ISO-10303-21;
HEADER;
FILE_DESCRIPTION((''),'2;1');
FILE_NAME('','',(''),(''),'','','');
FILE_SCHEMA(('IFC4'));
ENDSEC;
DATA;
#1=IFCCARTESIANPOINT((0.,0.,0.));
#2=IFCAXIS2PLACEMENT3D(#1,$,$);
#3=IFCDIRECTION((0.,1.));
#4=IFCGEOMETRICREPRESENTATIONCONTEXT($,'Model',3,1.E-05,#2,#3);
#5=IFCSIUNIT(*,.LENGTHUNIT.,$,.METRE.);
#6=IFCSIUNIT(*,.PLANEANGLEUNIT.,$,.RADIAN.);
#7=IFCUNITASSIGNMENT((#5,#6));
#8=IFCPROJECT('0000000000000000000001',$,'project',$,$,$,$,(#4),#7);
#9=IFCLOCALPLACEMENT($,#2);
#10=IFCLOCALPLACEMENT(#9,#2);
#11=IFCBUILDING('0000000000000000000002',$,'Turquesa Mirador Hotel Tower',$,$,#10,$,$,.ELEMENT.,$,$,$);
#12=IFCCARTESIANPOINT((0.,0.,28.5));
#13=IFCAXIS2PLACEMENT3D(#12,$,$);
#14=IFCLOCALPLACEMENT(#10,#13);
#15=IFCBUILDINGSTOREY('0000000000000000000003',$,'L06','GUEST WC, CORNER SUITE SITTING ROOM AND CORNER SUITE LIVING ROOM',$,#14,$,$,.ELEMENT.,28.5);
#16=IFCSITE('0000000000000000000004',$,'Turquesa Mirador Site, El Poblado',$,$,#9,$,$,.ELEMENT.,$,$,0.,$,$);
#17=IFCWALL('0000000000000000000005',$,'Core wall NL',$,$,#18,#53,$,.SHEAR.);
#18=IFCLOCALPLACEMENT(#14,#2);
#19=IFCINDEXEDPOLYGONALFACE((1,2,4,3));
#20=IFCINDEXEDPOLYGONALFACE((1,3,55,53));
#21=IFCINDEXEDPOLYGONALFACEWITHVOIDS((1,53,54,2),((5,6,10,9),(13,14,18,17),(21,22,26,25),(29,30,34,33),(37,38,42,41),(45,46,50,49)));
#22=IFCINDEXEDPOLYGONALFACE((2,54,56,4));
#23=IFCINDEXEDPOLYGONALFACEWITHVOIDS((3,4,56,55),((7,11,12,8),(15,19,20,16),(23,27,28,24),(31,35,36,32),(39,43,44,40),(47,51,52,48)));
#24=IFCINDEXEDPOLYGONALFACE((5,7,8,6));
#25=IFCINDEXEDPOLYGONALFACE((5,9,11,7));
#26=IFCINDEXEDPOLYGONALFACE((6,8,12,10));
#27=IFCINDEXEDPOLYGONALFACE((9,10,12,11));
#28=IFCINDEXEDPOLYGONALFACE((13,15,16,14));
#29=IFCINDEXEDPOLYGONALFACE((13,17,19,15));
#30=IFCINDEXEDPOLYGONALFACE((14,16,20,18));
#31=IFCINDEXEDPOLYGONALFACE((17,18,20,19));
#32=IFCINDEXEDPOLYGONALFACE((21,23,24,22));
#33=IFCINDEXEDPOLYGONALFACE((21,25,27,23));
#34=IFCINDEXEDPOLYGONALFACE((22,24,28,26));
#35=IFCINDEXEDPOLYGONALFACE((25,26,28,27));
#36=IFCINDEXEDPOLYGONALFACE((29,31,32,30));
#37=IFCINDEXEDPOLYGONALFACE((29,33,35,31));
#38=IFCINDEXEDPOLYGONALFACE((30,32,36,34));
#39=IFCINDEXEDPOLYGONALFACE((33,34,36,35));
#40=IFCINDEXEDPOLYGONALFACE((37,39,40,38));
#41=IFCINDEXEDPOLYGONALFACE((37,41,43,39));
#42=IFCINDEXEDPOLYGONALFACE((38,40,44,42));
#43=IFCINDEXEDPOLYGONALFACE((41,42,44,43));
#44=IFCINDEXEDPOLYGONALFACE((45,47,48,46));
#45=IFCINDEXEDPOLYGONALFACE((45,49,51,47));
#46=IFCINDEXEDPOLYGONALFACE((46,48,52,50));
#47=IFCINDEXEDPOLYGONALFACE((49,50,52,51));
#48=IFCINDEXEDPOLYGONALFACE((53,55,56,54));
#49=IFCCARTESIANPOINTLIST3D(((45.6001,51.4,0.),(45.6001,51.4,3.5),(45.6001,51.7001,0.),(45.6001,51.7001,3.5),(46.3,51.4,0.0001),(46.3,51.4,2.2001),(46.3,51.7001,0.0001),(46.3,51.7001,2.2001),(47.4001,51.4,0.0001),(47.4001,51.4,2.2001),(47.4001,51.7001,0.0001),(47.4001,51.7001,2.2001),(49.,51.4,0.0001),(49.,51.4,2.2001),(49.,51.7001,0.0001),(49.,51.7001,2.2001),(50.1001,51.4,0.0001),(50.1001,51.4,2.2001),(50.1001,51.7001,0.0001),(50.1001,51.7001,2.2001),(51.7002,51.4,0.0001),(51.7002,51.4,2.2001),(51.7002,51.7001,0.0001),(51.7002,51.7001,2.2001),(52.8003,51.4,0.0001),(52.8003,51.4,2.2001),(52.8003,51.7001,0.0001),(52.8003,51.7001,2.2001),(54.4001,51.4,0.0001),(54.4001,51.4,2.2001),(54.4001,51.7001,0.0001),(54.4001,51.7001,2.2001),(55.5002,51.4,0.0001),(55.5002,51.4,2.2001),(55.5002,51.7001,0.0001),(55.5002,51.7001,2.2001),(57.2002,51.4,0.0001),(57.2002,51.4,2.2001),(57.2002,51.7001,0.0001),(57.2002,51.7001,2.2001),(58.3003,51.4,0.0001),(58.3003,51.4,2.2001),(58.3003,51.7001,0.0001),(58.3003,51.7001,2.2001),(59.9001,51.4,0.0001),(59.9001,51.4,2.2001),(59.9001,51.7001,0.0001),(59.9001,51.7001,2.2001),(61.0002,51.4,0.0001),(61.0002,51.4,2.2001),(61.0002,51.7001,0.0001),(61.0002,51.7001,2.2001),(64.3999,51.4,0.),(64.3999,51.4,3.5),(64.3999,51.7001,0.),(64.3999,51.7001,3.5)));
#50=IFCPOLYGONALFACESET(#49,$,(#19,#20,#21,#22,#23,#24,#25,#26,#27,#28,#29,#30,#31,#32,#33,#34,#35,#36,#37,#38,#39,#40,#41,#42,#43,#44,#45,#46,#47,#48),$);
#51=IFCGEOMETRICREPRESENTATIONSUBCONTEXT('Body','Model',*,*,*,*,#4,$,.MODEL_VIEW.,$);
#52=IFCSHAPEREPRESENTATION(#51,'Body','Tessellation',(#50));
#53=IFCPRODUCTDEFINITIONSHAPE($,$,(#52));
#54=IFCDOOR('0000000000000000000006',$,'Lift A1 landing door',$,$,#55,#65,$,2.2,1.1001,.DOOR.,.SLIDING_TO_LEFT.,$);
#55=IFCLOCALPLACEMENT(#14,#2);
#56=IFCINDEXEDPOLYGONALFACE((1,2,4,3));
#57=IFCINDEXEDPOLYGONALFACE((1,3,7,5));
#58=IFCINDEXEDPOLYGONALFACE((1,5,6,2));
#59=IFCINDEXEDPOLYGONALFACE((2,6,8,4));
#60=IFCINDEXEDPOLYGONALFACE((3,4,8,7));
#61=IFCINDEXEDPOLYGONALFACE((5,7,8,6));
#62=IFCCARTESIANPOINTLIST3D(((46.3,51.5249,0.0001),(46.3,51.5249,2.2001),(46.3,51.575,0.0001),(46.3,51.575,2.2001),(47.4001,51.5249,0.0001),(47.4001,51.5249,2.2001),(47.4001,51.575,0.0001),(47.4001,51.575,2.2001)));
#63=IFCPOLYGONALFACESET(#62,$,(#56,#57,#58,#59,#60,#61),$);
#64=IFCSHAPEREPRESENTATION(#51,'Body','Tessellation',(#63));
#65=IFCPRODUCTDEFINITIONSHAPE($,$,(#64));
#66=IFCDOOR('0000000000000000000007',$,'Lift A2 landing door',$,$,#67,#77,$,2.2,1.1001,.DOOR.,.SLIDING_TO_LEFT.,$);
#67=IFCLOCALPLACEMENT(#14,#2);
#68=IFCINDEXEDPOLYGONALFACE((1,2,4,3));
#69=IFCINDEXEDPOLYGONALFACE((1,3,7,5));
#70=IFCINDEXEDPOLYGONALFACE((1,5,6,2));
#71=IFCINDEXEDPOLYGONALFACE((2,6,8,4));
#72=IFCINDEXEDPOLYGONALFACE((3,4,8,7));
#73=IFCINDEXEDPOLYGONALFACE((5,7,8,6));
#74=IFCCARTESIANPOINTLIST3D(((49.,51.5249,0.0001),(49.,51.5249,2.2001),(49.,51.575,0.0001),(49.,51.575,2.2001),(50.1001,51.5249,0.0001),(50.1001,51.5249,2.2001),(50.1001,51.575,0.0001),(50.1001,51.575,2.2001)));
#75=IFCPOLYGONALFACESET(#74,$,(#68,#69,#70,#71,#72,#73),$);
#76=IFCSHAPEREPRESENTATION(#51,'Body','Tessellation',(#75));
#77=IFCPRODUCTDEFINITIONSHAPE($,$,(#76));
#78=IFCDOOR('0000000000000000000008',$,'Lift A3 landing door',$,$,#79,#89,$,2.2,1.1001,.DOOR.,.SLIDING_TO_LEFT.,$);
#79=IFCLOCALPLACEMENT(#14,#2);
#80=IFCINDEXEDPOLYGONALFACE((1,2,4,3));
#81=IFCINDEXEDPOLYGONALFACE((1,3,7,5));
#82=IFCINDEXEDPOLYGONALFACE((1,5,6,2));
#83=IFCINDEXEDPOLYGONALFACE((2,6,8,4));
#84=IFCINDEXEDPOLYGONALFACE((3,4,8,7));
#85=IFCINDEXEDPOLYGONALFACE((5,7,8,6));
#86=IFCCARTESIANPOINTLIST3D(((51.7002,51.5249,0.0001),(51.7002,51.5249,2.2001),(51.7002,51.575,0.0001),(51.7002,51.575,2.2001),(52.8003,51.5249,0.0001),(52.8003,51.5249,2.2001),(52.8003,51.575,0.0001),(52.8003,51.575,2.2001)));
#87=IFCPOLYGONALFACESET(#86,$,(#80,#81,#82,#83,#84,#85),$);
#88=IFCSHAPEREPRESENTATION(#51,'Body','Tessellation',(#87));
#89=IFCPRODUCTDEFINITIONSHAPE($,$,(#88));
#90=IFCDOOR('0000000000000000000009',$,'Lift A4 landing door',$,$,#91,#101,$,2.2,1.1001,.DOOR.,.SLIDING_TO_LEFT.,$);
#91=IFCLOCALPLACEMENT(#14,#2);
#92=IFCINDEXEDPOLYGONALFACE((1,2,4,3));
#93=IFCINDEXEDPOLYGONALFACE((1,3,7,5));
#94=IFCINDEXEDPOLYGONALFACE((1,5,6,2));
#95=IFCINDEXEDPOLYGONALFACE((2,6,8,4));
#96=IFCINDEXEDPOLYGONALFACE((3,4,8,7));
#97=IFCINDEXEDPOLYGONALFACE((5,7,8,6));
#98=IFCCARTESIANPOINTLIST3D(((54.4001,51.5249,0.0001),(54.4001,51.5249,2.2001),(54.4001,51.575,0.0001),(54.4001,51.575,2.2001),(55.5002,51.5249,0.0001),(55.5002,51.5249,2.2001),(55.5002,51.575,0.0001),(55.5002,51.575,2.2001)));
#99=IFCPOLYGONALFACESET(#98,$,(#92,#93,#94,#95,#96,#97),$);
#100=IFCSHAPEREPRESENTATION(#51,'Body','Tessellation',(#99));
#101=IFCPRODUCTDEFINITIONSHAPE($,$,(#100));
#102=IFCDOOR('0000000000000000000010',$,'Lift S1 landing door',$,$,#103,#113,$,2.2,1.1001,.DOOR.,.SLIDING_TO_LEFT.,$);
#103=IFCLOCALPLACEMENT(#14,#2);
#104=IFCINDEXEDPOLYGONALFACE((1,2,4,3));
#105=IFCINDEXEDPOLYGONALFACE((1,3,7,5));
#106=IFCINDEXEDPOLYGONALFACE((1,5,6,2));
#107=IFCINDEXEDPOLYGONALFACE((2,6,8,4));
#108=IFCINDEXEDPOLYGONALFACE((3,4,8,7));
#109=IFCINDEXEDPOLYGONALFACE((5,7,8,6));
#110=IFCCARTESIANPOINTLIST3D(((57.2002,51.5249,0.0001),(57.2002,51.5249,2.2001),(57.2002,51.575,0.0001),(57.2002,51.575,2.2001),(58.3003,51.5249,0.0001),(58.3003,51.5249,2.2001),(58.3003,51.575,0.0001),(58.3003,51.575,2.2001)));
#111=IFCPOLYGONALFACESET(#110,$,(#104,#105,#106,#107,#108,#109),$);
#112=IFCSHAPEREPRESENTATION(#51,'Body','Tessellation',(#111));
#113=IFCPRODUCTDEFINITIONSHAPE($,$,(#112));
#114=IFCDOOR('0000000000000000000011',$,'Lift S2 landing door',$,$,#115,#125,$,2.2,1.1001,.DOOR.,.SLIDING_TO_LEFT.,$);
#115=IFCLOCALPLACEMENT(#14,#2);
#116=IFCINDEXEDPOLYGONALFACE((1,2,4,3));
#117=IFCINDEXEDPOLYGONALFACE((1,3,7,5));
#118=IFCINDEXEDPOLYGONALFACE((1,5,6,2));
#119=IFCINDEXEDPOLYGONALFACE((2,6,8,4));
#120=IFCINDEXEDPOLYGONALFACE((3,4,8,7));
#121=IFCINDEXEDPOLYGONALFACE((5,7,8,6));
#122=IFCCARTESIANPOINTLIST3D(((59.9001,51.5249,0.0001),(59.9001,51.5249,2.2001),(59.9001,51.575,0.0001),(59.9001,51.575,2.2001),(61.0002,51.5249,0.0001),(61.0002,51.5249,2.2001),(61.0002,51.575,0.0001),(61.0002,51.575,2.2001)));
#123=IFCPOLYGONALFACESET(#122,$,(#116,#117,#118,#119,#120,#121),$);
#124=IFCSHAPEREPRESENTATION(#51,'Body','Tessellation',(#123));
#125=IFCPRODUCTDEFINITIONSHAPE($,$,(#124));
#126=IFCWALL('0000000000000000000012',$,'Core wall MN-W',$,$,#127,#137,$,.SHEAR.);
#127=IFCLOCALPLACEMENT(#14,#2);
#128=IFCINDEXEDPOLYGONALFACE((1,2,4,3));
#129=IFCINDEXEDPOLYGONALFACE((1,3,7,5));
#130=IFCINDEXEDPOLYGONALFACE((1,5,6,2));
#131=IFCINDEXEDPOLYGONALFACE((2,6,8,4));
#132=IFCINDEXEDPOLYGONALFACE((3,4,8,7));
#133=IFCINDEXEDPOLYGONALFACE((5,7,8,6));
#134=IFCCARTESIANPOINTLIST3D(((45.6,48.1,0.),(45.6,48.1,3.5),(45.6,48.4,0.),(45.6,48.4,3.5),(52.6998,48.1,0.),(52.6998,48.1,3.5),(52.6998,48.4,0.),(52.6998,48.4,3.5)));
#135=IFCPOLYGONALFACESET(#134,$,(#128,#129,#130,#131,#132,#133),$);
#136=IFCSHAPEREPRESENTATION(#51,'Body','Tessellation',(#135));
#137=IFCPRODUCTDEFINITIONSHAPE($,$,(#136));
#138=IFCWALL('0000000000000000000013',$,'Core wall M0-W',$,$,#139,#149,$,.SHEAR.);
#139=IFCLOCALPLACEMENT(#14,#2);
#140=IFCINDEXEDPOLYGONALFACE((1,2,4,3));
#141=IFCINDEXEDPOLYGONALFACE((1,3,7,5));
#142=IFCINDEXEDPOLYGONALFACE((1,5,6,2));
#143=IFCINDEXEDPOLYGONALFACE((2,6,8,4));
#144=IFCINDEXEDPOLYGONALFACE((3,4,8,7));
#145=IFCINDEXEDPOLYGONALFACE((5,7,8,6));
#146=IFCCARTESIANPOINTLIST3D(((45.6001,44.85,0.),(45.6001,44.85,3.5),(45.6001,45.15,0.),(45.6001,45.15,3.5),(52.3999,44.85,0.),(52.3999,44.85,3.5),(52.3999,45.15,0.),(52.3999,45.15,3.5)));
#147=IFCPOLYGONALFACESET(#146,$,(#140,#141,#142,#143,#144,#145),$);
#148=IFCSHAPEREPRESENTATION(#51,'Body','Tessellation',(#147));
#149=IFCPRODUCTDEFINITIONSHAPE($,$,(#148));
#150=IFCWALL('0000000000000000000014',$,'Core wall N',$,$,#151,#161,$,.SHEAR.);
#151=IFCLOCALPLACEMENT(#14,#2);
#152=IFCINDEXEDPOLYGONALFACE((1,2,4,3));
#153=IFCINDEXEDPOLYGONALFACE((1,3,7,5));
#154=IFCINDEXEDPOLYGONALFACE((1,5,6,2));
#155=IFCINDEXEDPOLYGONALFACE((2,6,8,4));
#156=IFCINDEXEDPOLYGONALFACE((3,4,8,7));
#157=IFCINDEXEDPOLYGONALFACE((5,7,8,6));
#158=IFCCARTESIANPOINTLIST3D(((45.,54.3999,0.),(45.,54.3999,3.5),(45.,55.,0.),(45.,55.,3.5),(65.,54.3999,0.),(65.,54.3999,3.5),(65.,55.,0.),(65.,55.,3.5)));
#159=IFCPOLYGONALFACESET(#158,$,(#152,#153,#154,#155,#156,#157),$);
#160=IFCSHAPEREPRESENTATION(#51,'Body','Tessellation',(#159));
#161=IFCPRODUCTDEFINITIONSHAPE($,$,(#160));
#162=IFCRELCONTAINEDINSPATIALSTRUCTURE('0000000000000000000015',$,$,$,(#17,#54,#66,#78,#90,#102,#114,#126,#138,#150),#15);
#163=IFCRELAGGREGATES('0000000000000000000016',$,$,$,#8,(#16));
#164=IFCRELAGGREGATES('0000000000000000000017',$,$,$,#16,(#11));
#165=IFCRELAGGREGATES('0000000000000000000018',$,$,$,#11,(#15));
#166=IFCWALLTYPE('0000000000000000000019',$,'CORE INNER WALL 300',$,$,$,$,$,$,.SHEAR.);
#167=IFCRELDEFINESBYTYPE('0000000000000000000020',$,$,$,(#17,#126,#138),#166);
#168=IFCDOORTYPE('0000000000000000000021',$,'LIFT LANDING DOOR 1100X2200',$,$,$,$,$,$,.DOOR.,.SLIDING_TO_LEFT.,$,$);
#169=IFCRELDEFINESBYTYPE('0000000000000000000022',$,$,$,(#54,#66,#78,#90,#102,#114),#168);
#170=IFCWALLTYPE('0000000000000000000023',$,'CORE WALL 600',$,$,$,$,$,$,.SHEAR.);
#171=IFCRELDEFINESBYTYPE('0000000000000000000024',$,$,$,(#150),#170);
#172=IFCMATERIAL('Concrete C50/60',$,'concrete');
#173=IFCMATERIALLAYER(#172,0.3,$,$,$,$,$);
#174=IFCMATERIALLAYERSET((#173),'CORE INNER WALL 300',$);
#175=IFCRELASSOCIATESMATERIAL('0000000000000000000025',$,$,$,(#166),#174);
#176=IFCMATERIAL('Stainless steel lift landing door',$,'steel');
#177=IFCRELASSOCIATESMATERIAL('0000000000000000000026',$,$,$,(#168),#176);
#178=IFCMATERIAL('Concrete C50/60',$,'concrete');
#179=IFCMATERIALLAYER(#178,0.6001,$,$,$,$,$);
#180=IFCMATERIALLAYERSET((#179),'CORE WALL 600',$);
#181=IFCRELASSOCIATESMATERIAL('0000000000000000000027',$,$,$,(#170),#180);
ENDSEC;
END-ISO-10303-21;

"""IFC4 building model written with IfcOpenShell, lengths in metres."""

from ifc_helpers import new_model, si_unit, direction, frame, frame_2d, origin, place, context, subcontext, project, spatial, rectangle, extrude, material, layer, layer_set, type_object, element, fill, save


model = new_model("IFC4")

# Units and contexts
model_context = context("Model", 3, precision=1e-05, world=origin(), true_north=direction((0.0, 1.0)))
body_context = subcontext(model_context, "Body", "Model", "MODEL_VIEW")
ifc_project = project(units=[si_unit("LENGTHUNIT", "METRE"), si_unit("PLANEANGLEUNIT", "RADIAN")], contexts=[model_context])

# Site, building, storey
site_placement = place(None, origin())
site = spatial("IfcSite", under=ifc_project, at=site_placement, Name="Turquesa Mirador Site, El Poblado", CompositionType="ELEMENT", RefElevation=0.0)
building_placement = place(site_placement, origin())
building = spatial("IfcBuilding", under=site, at=building_placement, Name="Turquesa Mirador Hotel Tower", CompositionType="ELEMENT")
storey_placement = place(building_placement, frame((0.0, 0.0, 28.5)))
storey = spatial("IfcBuildingStorey", under=building, at=storey_placement, Name="L06", Description="GUEST WC, CORNER SUITE SITTING ROOM AND CORNER SUITE LIVING ROOM", CompositionType="ELEMENT", Elevation=28.5)

# Wall, openings, doors
ifc_material_1 = material(Name="Concrete C50/60", Category="concrete")
ifc_layer_1 = layer(ifc_material_1, 0.3)
ifc_layer_set_1 = layer_set([ifc_layer_1], Name="CORE INNER WALL 300")
wall_type_1 = type_object("IfcWallType", Name="CORE INNER WALL 300", PredefinedType="SHEAR", material=ifc_layer_set_1)
wall_1_placement = place(storey_placement, frame((45.6001, 51.55, 0.0), z_axis=(0.0, 0.0, 1.0), x_axis=(1.0, 0.0, 0.0)))
wall_1 = element("IfcWall", 1, at=wall_1_placement, inside=storey, type_object=wall_type_1, Name="Core wall NL", PredefinedType="SHEAR", context=body_context, shape_type="SweptSolid", body=[
    extrude(rectangle(XDim=18.7998, YDim=0.3, at=frame_2d((9.3999, 0.0))), origin(), (0.0, 0.0, 1.0), 3.5),
])
opening_1_placement = place(wall_1_placement, frame((0.7, 0.0, 0.0)))
opening_1 = element("IfcOpeningElement", 2, at=opening_1_placement, cuts=wall_1, PredefinedType="OPENING", context=body_context, shape_type="SweptSolid", body=[
    extrude(rectangle(XDim=1.1001, YDim=2.2, at=frame_2d((0.55, 1.1001))), frame((0.0, 0.1599, 0.0), z_axis=(0.0, -1.0, 0.0), x_axis=(1.0, 0.0, 0.0)), (0.0, 0.0, 1.0), 0.3201),
])
opening_2_placement = place(wall_1_placement, frame((3.3999, 0.0, 0.0)))
opening_2 = element("IfcOpeningElement", 3, at=opening_2_placement, cuts=wall_1, PredefinedType="OPENING", context=body_context, shape_type="SweptSolid", body=[
    extrude(rectangle(XDim=1.1001, YDim=2.2, at=frame_2d((0.55, 1.1001))), frame((0.0, 0.1599, 0.0), z_axis=(0.0, -1.0, 0.0), x_axis=(1.0, 0.0, 0.0)), (0.0, 0.0, 1.0), 0.3201),
])
opening_3_placement = place(wall_1_placement, frame((6.1001, 0.0, 0.0)))
opening_3 = element("IfcOpeningElement", 4, at=opening_3_placement, cuts=wall_1, PredefinedType="OPENING", context=body_context, shape_type="SweptSolid", body=[
    extrude(rectangle(XDim=1.1001, YDim=2.2, at=frame_2d((0.55, 1.1001))), frame((0.0, 0.1599, 0.0), z_axis=(0.0, -1.0, 0.0), x_axis=(1.0, 0.0, 0.0)), (0.0, 0.0, 1.0), 0.3201),
])
opening_4_placement = place(wall_1_placement, frame((8.8, 0.0, 0.0)))
opening_4 = element("IfcOpeningElement", 5, at=opening_4_placement, cuts=wall_1, PredefinedType="OPENING", context=body_context, shape_type="SweptSolid", body=[
    extrude(rectangle(XDim=1.1001, YDim=2.2, at=frame_2d((0.55, 1.1001))), frame((0.0, 0.1599, 0.0), z_axis=(0.0, -1.0, 0.0), x_axis=(1.0, 0.0, 0.0)), (0.0, 0.0, 1.0), 0.3201),
])
opening_5_placement = place(wall_1_placement, frame((11.6001, 0.0, 0.0)))
opening_5 = element("IfcOpeningElement", 6, at=opening_5_placement, cuts=wall_1, PredefinedType="OPENING", context=body_context, shape_type="SweptSolid", body=[
    extrude(rectangle(XDim=1.1001, YDim=2.2, at=frame_2d((0.55, 1.1001))), frame((0.0, 0.1599, 0.0), z_axis=(0.0, -1.0, 0.0), x_axis=(1.0, 0.0, 0.0)), (0.0, 0.0, 1.0), 0.3201),
])
opening_6_placement = place(wall_1_placement, frame((14.3, 0.0, 0.0)))
opening_6 = element("IfcOpeningElement", 7, at=opening_6_placement, cuts=wall_1, PredefinedType="OPENING", context=body_context, shape_type="SweptSolid", body=[
    extrude(rectangle(XDim=1.1001, YDim=2.2, at=frame_2d((0.55, 1.1001))), frame((0.0, 0.1599, 0.0), z_axis=(0.0, -1.0, 0.0), x_axis=(1.0, 0.0, 0.0)), (0.0, 0.0, 1.0), 0.3201),
])
ifc_material_2 = material(Name="Stainless steel lift landing door", Category="steel")
door_type_1 = type_object("IfcDoorType", Name="LIFT LANDING DOOR 1100X2200", OperationType="SLIDING_TO_LEFT", PredefinedType="DOOR", material=ifc_material_2)
door_1_placement = place(opening_1_placement, origin())
door_1 = element("IfcDoor", 8, at=door_1_placement, inside=storey, type_object=door_type_1, Name="Lift A1 landing door", OperationType="SLIDING_TO_LEFT", OverallHeight=2.2, OverallWidth=1.1001, PredefinedType="DOOR", context=body_context, shape_type="SweptSolid", body=[
    extrude(rectangle(XDim=1.1001, YDim=2.2, at=frame_2d((0.55, 1.1001))), frame((0.0, 0.0249, 0.0), z_axis=(0.0, -1.0, 0.0), x_axis=(1.0, 0.0, 0.0)), (0.0, 0.0, 1.0), 0.05),
])
fill(opening_1, door_1)
door_2_placement = place(opening_2_placement, origin())
door_2 = element("IfcDoor", 9, at=door_2_placement, inside=storey, type_object=door_type_1, Name="Lift A2 landing door", OperationType="SLIDING_TO_LEFT", OverallHeight=2.2, OverallWidth=1.1001, PredefinedType="DOOR", context=body_context, shape_type="SweptSolid", body=[
    extrude(rectangle(XDim=1.1001, YDim=2.2, at=frame_2d((0.55, 1.1001))), frame((0.0, 0.0249, 0.0), z_axis=(0.0, -1.0, 0.0), x_axis=(1.0, 0.0, 0.0)), (0.0, 0.0, 1.0), 0.05),
])
fill(opening_2, door_2)
door_3_placement = place(opening_3_placement, origin())
door_3 = element("IfcDoor", 10, at=door_3_placement, inside=storey, type_object=door_type_1, Name="Lift A3 landing door", OperationType="SLIDING_TO_LEFT", OverallHeight=2.2, OverallWidth=1.1001, PredefinedType="DOOR", context=body_context, shape_type="SweptSolid", body=[
    extrude(rectangle(XDim=1.1001, YDim=2.2, at=frame_2d((0.55, 1.1001))), frame((0.0, 0.0249, 0.0), z_axis=(0.0, -1.0, 0.0), x_axis=(1.0, 0.0, 0.0)), (0.0, 0.0, 1.0), 0.05),
])
fill(opening_3, door_3)
door_4_placement = place(opening_4_placement, origin())
door_4 = element("IfcDoor", 11, at=door_4_placement, inside=storey, type_object=door_type_1, Name="Lift A4 landing door", OperationType="SLIDING_TO_LEFT", OverallHeight=2.2, OverallWidth=1.1001, PredefinedType="DOOR", context=body_context, shape_type="SweptSolid", body=[
    extrude(rectangle(XDim=1.1001, YDim=2.2, at=frame_2d((0.55, 1.1001))), frame((0.0, 0.0249, 0.0), z_axis=(0.0, -1.0, 0.0), x_axis=(1.0, 0.0, 0.0)), (0.0, 0.0, 1.0), 0.05),
])
fill(opening_4, door_4)
door_5_placement = place(opening_5_placement, origin())
door_5 = element("IfcDoor", 12, at=door_5_placement, inside=storey, type_object=door_type_1, Name="Lift S1 landing door", OperationType="SLIDING_TO_LEFT", OverallHeight=2.2, OverallWidth=1.1001, PredefinedType="DOOR", context=body_context, shape_type="SweptSolid", body=[
    extrude(rectangle(XDim=1.1001, YDim=2.2, at=frame_2d((0.55, 1.1001))), frame((0.0, 0.0249, 0.0), z_axis=(0.0, -1.0, 0.0), x_axis=(1.0, 0.0, 0.0)), (0.0, 0.0, 1.0), 0.05),
])
fill(opening_5, door_5)
door_6_placement = place(opening_6_placement, origin())
door_6 = element("IfcDoor", 13, at=door_6_placement, inside=storey, type_object=door_type_1, Name="Lift S2 landing door", OperationType="SLIDING_TO_LEFT", OverallHeight=2.2, OverallWidth=1.1001, PredefinedType="DOOR", context=body_context, shape_type="SweptSolid", body=[
    extrude(rectangle(XDim=1.1001, YDim=2.2, at=frame_2d((0.55, 1.1001))), frame((0.0, 0.0249, 0.0), z_axis=(0.0, -1.0, 0.0), x_axis=(1.0, 0.0, 0.0)), (0.0, 0.0, 1.0), 0.05),
])
fill(opening_6, door_6)

# Walls
wall_2_placement = place(storey_placement, frame((45.6001, 48.25, 0.0), z_axis=(0.0, 0.0, 1.0), x_axis=(1.0, 0.0, 0.0)))
element("IfcWall", 14, at=wall_2_placement, inside=storey, type_object=wall_type_1, Name="Core wall MN-W", PredefinedType="SHEAR", context=body_context, shape_type="SweptSolid", body=[
    extrude(rectangle(XDim=7.0999, YDim=0.3, at=frame_2d((3.5498, 0.0))), origin(), (0.0, 0.0, 1.0), 3.5),
])
wall_3_placement = place(storey_placement, frame((45.6001, 45.0, 0.0), z_axis=(0.0, 0.0, 1.0), x_axis=(1.0, 0.0, 0.0)))
element("IfcWall", 15, at=wall_3_placement, inside=storey, type_object=wall_type_1, Name="Core wall M0-W", PredefinedType="SHEAR", context=body_context, shape_type="SweptSolid", body=[
    extrude(rectangle(XDim=6.7998, YDim=0.3, at=frame_2d((3.3999, 0.0))), origin(), (0.0, 0.0, 1.0), 3.5),
])
ifc_material_3 = material(Name="Concrete C50/60", Category="concrete")
ifc_layer_2 = layer(ifc_material_3, 0.6001)
ifc_layer_set_2 = layer_set([ifc_layer_2], Name="CORE WALL 600")
wall_type_2 = type_object("IfcWallType", Name="CORE WALL 600", PredefinedType="SHEAR", material=ifc_layer_set_2)
wall_4_placement = place(storey_placement, frame((45.0, 54.7, 0.0), z_axis=(0.0, 0.0, 1.0), x_axis=(1.0, 0.0, 0.0)))
element("IfcWall", 16, at=wall_4_placement, inside=storey, type_object=wall_type_2, Name="Core wall N", PredefinedType="SHEAR", context=body_context, shape_type="SweptSolid", body=[
    extrude(rectangle(XDim=20.0, YDim=0.6001, at=frame_2d((10.0, 0.0))), origin(), (0.0, 0.0, 1.0), 3.5),
])

save(model, "model.ifc")
